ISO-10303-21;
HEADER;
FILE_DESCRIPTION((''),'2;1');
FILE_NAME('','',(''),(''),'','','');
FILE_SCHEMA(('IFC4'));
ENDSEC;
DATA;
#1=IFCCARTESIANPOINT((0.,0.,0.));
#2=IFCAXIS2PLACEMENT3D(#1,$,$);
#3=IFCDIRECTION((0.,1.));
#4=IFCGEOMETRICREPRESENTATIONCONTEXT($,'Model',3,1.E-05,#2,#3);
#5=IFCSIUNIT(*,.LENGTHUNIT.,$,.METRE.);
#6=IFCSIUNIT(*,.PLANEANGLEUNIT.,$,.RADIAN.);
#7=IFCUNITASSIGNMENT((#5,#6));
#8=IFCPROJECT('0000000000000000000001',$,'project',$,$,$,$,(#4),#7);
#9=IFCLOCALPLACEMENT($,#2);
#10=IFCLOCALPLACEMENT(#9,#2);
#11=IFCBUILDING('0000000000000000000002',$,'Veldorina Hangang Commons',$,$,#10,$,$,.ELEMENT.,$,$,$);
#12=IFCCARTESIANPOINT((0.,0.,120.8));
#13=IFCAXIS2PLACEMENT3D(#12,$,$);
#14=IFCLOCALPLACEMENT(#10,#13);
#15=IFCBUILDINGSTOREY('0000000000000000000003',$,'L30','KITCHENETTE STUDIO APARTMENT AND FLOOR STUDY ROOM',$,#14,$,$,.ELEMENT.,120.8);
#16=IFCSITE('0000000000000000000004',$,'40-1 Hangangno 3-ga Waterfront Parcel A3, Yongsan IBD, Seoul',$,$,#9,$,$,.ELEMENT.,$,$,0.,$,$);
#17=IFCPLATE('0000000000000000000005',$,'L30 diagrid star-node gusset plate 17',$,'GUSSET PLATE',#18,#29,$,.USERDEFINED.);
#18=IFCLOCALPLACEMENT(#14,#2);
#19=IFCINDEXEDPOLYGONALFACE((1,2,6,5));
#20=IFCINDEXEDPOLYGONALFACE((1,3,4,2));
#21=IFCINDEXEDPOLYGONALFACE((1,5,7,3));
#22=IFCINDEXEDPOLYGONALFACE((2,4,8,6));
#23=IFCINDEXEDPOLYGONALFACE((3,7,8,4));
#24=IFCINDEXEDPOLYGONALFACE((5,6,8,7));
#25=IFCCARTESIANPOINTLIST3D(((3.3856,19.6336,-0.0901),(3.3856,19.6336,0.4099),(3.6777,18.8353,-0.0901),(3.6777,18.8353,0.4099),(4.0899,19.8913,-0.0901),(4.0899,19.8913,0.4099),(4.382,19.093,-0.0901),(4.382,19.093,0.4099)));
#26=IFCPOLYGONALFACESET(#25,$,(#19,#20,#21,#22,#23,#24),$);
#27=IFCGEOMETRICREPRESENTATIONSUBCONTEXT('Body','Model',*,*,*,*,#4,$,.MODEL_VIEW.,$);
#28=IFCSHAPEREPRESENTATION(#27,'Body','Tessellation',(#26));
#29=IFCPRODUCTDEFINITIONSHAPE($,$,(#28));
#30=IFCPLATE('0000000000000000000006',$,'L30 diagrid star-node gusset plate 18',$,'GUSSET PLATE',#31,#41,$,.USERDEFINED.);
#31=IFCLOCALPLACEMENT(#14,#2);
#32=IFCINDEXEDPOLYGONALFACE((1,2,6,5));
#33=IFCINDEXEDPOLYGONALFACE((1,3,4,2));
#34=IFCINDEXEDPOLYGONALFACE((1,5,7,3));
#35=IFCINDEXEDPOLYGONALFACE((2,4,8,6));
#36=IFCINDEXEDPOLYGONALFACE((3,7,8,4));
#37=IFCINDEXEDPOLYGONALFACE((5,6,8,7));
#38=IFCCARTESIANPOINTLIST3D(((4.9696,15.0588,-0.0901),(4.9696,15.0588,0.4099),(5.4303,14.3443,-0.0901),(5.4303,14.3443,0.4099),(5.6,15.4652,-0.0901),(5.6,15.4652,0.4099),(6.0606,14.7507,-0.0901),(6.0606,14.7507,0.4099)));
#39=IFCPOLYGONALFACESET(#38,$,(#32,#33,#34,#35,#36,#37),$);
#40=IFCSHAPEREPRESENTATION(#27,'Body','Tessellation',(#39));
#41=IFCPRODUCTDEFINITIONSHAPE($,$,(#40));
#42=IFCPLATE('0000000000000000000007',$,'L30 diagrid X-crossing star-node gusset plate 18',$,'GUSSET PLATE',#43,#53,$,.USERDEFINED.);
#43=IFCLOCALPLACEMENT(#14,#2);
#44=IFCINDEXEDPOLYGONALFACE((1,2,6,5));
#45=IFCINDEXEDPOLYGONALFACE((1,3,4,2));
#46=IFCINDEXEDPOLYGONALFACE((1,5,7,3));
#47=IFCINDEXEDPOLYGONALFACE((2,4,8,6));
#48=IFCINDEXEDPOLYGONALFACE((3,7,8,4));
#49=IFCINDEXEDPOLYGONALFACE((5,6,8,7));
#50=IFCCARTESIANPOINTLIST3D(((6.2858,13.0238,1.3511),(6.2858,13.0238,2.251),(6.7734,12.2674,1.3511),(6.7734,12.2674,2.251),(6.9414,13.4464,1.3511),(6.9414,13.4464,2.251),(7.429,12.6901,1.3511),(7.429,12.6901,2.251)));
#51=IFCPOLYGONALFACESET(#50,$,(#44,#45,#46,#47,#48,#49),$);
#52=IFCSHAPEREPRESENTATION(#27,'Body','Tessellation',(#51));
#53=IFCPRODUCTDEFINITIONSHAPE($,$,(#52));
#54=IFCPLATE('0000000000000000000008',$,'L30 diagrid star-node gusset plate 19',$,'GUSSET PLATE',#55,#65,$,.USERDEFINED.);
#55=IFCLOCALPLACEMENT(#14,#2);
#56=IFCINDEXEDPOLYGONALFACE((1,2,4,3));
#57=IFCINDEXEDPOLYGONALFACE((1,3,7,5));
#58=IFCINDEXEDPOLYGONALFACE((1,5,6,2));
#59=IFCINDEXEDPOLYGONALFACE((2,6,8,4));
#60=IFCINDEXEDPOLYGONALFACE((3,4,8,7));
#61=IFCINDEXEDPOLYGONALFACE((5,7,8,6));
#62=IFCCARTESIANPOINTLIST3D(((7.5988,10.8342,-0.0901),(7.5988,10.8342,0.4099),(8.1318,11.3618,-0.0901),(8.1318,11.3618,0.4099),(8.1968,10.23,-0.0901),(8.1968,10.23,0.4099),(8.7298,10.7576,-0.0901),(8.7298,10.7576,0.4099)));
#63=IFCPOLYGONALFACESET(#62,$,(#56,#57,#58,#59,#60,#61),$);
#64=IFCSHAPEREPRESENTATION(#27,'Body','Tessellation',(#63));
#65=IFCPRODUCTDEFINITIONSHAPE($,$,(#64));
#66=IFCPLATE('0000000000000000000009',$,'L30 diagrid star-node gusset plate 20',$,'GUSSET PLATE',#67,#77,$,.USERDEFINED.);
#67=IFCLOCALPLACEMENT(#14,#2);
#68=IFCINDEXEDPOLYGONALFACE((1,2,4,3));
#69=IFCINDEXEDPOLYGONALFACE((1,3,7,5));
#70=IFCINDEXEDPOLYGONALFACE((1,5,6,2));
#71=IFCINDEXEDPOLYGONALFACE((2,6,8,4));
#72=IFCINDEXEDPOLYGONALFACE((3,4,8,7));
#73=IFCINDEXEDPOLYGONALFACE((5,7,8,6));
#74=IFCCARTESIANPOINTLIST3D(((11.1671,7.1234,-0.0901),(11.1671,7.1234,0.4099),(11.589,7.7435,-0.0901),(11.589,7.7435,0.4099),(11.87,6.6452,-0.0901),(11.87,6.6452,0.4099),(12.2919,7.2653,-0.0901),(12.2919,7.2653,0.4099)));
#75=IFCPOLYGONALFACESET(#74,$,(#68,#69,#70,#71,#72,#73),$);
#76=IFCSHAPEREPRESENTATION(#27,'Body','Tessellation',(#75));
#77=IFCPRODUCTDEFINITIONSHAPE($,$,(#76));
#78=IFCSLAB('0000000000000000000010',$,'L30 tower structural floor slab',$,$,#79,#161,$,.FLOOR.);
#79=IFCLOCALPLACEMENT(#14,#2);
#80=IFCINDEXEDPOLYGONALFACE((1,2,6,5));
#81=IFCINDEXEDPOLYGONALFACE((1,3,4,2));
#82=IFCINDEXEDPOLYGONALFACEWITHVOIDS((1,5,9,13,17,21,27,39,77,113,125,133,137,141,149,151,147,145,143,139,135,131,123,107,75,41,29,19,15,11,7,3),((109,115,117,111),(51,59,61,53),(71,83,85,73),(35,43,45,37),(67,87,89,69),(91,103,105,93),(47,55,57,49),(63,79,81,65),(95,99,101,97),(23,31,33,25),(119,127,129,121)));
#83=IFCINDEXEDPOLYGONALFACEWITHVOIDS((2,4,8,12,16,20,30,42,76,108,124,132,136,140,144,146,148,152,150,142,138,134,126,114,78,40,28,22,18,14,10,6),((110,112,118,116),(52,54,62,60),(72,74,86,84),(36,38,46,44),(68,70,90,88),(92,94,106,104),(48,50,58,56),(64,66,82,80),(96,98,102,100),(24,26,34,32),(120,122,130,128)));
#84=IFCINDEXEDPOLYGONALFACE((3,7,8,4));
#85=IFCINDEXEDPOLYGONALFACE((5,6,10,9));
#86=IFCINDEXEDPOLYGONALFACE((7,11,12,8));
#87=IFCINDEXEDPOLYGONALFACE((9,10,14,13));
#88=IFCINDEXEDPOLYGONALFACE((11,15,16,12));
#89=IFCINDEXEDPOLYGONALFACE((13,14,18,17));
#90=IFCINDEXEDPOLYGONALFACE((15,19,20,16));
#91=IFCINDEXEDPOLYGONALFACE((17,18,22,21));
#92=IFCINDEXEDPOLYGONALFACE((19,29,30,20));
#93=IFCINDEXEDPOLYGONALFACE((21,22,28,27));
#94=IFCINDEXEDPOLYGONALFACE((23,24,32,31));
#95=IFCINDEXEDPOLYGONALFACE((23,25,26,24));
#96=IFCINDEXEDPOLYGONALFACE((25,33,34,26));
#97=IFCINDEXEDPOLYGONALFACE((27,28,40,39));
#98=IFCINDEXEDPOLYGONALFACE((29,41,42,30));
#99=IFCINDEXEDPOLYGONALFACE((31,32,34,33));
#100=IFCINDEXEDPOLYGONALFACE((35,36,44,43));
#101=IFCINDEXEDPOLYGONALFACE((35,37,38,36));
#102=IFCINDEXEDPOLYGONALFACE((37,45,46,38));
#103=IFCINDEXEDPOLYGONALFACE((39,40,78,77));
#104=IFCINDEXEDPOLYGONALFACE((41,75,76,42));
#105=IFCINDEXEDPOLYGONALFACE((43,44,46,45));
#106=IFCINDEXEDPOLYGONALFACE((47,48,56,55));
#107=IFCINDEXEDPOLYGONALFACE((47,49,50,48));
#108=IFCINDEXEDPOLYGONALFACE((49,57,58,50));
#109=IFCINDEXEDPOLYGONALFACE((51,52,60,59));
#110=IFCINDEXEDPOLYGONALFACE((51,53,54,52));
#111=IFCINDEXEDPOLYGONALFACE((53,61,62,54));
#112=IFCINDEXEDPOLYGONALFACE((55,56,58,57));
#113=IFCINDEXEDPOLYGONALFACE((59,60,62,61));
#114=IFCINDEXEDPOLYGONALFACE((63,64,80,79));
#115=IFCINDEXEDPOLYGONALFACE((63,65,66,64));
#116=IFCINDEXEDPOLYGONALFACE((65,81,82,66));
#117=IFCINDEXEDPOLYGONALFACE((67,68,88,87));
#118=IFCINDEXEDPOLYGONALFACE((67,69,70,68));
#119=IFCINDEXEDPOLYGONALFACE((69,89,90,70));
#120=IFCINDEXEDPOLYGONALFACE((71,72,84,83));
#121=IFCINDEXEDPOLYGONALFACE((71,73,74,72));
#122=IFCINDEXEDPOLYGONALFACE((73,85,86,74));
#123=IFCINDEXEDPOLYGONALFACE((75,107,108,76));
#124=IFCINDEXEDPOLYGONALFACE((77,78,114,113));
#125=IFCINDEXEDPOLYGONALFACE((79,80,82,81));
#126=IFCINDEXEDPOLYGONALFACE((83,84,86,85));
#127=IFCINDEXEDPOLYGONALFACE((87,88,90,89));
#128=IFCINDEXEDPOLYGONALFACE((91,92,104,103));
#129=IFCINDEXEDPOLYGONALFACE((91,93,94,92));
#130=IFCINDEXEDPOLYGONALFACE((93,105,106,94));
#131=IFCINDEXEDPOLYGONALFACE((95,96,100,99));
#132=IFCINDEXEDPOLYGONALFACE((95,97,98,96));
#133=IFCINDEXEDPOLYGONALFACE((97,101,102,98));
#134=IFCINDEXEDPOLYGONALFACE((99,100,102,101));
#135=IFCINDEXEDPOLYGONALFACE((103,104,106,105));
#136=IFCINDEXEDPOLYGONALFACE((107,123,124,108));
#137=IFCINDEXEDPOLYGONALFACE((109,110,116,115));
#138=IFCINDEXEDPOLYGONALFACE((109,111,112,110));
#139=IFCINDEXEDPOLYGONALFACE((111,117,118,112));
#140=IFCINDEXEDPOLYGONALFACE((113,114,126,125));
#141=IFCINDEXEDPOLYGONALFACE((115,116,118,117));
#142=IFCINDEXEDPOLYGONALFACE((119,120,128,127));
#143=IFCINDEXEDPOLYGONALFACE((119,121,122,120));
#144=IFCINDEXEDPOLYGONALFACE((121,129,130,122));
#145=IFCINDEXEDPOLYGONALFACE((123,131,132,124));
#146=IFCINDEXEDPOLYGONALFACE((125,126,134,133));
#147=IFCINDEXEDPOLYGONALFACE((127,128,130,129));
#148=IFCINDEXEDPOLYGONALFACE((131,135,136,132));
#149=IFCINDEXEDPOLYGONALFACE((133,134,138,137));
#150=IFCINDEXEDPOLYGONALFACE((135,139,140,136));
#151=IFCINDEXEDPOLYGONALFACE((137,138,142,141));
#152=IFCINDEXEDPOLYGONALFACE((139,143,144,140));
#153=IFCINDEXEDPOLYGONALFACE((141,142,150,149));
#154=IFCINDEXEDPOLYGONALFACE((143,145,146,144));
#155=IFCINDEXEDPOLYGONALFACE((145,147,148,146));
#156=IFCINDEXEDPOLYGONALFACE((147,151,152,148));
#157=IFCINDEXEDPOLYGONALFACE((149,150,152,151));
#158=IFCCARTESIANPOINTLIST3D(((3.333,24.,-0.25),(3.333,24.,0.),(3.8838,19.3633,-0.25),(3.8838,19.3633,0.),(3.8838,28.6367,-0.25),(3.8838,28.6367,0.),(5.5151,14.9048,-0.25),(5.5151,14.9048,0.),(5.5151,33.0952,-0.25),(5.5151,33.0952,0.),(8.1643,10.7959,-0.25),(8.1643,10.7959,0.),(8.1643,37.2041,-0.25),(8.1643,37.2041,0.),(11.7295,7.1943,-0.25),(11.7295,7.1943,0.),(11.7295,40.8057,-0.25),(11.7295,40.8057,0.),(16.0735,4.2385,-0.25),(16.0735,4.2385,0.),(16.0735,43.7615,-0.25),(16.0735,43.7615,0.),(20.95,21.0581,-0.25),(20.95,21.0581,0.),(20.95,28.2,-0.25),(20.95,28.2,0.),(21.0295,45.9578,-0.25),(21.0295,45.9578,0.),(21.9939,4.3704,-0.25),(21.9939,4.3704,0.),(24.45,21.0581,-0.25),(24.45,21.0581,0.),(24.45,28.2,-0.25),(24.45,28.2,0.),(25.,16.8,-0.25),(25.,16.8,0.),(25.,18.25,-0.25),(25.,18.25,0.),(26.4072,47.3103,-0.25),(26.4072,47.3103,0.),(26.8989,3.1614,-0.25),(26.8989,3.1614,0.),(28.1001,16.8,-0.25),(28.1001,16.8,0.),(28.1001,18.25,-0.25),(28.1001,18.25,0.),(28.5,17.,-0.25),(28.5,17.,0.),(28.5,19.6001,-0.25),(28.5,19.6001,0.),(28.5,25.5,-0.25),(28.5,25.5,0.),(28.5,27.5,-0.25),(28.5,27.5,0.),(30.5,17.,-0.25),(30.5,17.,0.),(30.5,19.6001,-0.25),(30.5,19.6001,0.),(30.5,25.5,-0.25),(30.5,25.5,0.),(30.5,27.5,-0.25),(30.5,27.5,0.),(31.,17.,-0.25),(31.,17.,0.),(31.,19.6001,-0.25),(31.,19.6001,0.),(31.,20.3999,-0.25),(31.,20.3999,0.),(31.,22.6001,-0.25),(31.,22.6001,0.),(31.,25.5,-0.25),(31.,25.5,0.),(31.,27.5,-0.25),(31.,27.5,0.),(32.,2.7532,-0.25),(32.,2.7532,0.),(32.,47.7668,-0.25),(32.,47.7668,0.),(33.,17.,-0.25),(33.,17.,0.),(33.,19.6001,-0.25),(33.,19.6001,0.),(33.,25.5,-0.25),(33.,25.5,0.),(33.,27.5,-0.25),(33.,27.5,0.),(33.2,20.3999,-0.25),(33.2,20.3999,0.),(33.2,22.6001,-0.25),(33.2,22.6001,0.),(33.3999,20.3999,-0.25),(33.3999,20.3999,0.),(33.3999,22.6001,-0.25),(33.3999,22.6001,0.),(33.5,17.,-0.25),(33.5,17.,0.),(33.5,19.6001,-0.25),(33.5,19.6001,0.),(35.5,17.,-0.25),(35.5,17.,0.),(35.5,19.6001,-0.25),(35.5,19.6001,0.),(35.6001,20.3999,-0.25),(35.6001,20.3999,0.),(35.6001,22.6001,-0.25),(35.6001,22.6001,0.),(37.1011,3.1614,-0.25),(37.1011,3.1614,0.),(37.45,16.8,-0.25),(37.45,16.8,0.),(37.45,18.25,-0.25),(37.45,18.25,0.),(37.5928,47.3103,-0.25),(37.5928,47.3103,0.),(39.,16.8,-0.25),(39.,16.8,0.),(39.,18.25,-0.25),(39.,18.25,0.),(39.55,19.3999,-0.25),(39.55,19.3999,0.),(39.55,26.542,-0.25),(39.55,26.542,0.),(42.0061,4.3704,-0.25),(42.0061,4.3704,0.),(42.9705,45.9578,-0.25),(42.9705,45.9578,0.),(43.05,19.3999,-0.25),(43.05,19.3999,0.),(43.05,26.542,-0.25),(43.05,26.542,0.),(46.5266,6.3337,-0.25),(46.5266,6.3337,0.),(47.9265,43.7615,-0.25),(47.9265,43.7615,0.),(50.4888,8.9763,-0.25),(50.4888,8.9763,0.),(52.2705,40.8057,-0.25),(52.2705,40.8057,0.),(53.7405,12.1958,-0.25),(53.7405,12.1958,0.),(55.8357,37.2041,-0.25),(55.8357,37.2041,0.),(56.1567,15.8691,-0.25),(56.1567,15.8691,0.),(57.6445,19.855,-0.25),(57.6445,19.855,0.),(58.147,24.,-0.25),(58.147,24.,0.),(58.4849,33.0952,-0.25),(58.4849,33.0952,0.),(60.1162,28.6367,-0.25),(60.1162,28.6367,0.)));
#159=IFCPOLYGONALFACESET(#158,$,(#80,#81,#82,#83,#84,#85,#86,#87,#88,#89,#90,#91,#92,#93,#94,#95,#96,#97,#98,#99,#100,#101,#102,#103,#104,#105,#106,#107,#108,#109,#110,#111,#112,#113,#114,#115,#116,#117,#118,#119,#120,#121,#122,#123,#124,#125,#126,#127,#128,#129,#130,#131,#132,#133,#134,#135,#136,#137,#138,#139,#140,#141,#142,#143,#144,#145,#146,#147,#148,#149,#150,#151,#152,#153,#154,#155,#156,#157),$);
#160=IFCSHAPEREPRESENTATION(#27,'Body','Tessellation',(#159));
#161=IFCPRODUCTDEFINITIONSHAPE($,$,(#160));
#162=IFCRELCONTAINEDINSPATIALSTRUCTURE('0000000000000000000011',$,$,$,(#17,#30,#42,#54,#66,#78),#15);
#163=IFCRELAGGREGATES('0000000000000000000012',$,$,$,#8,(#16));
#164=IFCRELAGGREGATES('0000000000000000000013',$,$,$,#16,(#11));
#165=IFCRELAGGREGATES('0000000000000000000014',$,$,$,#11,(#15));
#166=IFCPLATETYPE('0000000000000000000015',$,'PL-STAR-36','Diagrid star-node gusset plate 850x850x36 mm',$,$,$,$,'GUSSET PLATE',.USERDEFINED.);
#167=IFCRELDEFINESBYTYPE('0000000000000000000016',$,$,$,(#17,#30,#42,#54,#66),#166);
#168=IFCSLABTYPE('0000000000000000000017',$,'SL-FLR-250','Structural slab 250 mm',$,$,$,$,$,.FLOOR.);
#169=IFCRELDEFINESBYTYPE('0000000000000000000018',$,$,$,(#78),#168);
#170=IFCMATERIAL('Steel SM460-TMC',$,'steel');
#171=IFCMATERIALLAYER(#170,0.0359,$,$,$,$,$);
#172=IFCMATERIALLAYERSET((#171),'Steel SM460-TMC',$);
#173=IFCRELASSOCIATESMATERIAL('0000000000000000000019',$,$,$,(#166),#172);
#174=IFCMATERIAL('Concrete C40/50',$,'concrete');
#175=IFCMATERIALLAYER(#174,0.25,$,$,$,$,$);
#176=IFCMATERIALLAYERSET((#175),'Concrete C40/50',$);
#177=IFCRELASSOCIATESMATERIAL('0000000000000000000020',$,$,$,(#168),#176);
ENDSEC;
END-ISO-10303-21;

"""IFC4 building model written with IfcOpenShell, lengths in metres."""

from ifc_helpers import new_model, si_unit, direction, frame, origin, origin_2d, place, context, subcontext, project, spatial, polyline, rectangle, outline, extrude, material, layer, layer_set, type_object, element, save


model = new_model("IFC4")

# Units and contexts
model_context = context("Model", 3, precision=1e-05, world=origin(), true_north=direction((0.0, 1.0)))
body_context = subcontext(model_context, "Body", "Model", "MODEL_VIEW")
ifc_project = project(units=[si_unit("LENGTHUNIT", "METRE"), si_unit("PLANEANGLEUNIT", "RADIAN")], contexts=[model_context])

# Site, building, storey
site_placement = place(None, origin())
site = spatial("IfcSite", under=ifc_project, at=site_placement, Name="40-1 Hangangno 3-ga Waterfront Parcel A3, Yongsan IBD, Seoul", CompositionType="ELEMENT", RefElevation=0.0)
building_placement = place(site_placement, origin())
building = spatial("IfcBuilding", under=site, at=building_placement, Name="Veldorina Hangang Commons", CompositionType="ELEMENT")
storey_placement = place(building_placement, frame((0.0, 0.0, 120.8)))
storey = spatial("IfcBuildingStorey", under=building, at=storey_placement, Name="L30", Description="KITCHENETTE STUDIO APARTMENT AND FLOOR STUDY ROOM", CompositionType="ELEMENT", Elevation=120.8)

# Plates
ifc_material_1 = material(Name="Steel SM460-TMC", Category="steel")
ifc_layer_1 = layer(ifc_material_1, 0.0359)
ifc_layer_set_1 = layer_set([ifc_layer_1], Name="Steel SM460-TMC")
plate_type = type_object("IfcPlateType", Name="PL-STAR-36", Description="Diagrid star-node gusset plate 850x850x36 mm", ElementType="GUSSET PLATE", PredefinedType="USERDEFINED", material=ifc_layer_set_1)
for number, where, z_axis, x_axis, name in (
    (1, (3.8838, 19.3633, -0.0901), (0.0, 0.0, 1.0), (0.343611, -0.939112, 0.0), "L30 diagrid star-node gusset plate 17"),
    (2, (5.5151, 14.9048, -0.0901), (0.0, 0.0, 1.0), (0.54187, -0.840463, 0.0), "L30 diagrid star-node gusset plate 18"),
):
    element("IfcPlate", number, at=place(storey_placement, frame(where, z_axis=z_axis, x_axis=x_axis)), inside=storey, type_object=plate_type, Name=name, ObjectType="GUSSET PLATE", PredefinedType="USERDEFINED", context=body_context, shape_type="SweptSolid", body=[
        extrude(rectangle(XDim=0.8501, YDim=0.75, at=origin_2d()), origin(), (0.0, 0.0, 1.0), 0.5),
    ])
plate_placement = place(storey_placement, frame((6.8574, 12.8569, 1.3511), z_axis=(0.0, 0.0, 1.0), x_axis=(0.54187, -0.840463, 0.0)))
element("IfcPlate", 3, at=plate_placement, inside=storey, type_object=plate_type, Name="L30 diagrid X-crossing star-node gusset plate 18", ObjectType="GUSSET PLATE", PredefinedType="USERDEFINED", context=body_context, shape_type="SweptSolid", body=[
    extrude(rectangle(XDim=0.8999, YDim=0.78, at=origin_2d()), origin(), (0.0, 0.0, 1.0), 0.8999),
])
for number, where, z_axis, x_axis, name in (
    (4, (8.1643, 10.7959, -0.0901), (0.0, 0.0, 1.0), (0.703506, -0.710689, 0.0), "L30 diagrid star-node gusset plate 19"),
    (5, (11.7295, 7.1943, -0.0901), (0.0, 0.0, 1.0), (0.826767, -0.562545, 0.0), "L30 diagrid star-node gusset plate 20"),
):
    element("IfcPlate", number, at=place(storey_placement, frame(where, z_axis=z_axis, x_axis=x_axis)), inside=storey, type_object=plate_type, Name=name, ObjectType="GUSSET PLATE", PredefinedType="USERDEFINED", context=body_context, shape_type="SweptSolid", body=[
        extrude(rectangle(XDim=0.8501, YDim=0.75, at=origin_2d()), origin(), (0.0, 0.0, 1.0), 0.5),
    ])

# Slab
ifc_material_2 = material(Name="Concrete C40/50", Category="concrete")
ifc_layer_2 = layer(ifc_material_2, 0.25)
ifc_layer_set_2 = layer_set([ifc_layer_2], Name="Concrete C40/50")
slab_type_1 = type_object("IfcSlabType", Name="SL-FLR-250", Description="Structural slab 250 mm", PredefinedType="FLOOR", material=ifc_layer_set_2)
slab_1_placement = place(storey_placement, frame((0.0, 0.0, -0.25)))
element("IfcSlab", 6, at=slab_1_placement, inside=storey, type_object=slab_type_1, Name="L30 tower structural floor slab", PredefinedType="FLOOR", context=body_context, shape_type="SweptSolid", body=[
    extrude(outline(polyline([(58.147, 24.0), (60.1162, 28.6367), (58.4849, 33.0952), (55.8357, 37.2041), (52.2705, 40.8057), (47.9265, 43.7615), (42.9705, 45.9578), (37.5928, 47.3103), (32.0, 47.7668), (26.4072, 47.3103), (21.0295, 45.9578), (16.0735, 43.7615), (11.7295, 40.8057), (8.1643, 37.2041), (5.5151, 33.0952), (3.8838, 28.6367), (3.333, 24.0), (3.8838, 19.3633), (5.5151, 14.9048), (8.1643, 10.7959), (11.7295, 7.1943), (16.0735, 4.2385), (21.9939, 4.3704), (26.8989, 3.1614), (32.0, 2.7532), (37.1011, 3.1614), (42.0061, 4.3704), (46.5266, 6.3337), (50.4888, 8.9763), (53.7405, 12.1958), (56.1567, 15.8691), (57.6445, 19.855), (58.147, 24.0)]), holes=[polyline([(20.95, 21.0581), (20.95, 28.2), (24.45, 28.2), (24.45, 21.0581), (20.95, 21.0581)]), polyline([(43.05, 26.542), (43.05, 19.3999), (39.55, 19.3999), (39.55, 26.542), (43.05, 26.542)]), polyline([(28.5, 27.5), (30.5, 27.5), (30.5, 25.5), (28.5, 25.5), (28.5, 27.5)]), polyline([(31.0, 27.5), (33.0, 27.5), (33.0, 25.5), (31.0, 25.5), (31.0, 27.5)]), polyline([(31.0, 22.6001), (33.2, 22.6001), (33.2, 20.3999), (31.0, 20.3999), (31.0, 22.6001)]), polyline([(33.3999, 22.6001), (35.6001, 22.6001), (35.6001, 20.3999), (33.3999, 20.3999), (33.3999, 22.6001)]), polyline([(28.5, 19.6001), (30.5, 19.6001), (30.5, 17.0), (28.5, 17.0), (28.5, 19.6001)]), polyline([(31.0, 19.6001), (33.0, 19.6001), (33.0, 17.0), (31.0, 17.0), (31.0, 19.6001)]), polyline([(33.5, 19.6001), (35.5, 19.6001), (35.5, 17.0), (33.5, 17.0), (33.5, 19.6001)]), polyline([(25.0, 18.25), (28.1001, 18.25), (28.1001, 16.8), (25.0, 16.8), (25.0, 18.25)]), polyline([(37.45, 18.25), (39.0, 18.25), (39.0, 16.8), (37.45, 16.8), (37.45, 18.25)])]), origin(), (0.0, 0.0, 1.0), 0.25),
])

save(model, "model.ifc")
